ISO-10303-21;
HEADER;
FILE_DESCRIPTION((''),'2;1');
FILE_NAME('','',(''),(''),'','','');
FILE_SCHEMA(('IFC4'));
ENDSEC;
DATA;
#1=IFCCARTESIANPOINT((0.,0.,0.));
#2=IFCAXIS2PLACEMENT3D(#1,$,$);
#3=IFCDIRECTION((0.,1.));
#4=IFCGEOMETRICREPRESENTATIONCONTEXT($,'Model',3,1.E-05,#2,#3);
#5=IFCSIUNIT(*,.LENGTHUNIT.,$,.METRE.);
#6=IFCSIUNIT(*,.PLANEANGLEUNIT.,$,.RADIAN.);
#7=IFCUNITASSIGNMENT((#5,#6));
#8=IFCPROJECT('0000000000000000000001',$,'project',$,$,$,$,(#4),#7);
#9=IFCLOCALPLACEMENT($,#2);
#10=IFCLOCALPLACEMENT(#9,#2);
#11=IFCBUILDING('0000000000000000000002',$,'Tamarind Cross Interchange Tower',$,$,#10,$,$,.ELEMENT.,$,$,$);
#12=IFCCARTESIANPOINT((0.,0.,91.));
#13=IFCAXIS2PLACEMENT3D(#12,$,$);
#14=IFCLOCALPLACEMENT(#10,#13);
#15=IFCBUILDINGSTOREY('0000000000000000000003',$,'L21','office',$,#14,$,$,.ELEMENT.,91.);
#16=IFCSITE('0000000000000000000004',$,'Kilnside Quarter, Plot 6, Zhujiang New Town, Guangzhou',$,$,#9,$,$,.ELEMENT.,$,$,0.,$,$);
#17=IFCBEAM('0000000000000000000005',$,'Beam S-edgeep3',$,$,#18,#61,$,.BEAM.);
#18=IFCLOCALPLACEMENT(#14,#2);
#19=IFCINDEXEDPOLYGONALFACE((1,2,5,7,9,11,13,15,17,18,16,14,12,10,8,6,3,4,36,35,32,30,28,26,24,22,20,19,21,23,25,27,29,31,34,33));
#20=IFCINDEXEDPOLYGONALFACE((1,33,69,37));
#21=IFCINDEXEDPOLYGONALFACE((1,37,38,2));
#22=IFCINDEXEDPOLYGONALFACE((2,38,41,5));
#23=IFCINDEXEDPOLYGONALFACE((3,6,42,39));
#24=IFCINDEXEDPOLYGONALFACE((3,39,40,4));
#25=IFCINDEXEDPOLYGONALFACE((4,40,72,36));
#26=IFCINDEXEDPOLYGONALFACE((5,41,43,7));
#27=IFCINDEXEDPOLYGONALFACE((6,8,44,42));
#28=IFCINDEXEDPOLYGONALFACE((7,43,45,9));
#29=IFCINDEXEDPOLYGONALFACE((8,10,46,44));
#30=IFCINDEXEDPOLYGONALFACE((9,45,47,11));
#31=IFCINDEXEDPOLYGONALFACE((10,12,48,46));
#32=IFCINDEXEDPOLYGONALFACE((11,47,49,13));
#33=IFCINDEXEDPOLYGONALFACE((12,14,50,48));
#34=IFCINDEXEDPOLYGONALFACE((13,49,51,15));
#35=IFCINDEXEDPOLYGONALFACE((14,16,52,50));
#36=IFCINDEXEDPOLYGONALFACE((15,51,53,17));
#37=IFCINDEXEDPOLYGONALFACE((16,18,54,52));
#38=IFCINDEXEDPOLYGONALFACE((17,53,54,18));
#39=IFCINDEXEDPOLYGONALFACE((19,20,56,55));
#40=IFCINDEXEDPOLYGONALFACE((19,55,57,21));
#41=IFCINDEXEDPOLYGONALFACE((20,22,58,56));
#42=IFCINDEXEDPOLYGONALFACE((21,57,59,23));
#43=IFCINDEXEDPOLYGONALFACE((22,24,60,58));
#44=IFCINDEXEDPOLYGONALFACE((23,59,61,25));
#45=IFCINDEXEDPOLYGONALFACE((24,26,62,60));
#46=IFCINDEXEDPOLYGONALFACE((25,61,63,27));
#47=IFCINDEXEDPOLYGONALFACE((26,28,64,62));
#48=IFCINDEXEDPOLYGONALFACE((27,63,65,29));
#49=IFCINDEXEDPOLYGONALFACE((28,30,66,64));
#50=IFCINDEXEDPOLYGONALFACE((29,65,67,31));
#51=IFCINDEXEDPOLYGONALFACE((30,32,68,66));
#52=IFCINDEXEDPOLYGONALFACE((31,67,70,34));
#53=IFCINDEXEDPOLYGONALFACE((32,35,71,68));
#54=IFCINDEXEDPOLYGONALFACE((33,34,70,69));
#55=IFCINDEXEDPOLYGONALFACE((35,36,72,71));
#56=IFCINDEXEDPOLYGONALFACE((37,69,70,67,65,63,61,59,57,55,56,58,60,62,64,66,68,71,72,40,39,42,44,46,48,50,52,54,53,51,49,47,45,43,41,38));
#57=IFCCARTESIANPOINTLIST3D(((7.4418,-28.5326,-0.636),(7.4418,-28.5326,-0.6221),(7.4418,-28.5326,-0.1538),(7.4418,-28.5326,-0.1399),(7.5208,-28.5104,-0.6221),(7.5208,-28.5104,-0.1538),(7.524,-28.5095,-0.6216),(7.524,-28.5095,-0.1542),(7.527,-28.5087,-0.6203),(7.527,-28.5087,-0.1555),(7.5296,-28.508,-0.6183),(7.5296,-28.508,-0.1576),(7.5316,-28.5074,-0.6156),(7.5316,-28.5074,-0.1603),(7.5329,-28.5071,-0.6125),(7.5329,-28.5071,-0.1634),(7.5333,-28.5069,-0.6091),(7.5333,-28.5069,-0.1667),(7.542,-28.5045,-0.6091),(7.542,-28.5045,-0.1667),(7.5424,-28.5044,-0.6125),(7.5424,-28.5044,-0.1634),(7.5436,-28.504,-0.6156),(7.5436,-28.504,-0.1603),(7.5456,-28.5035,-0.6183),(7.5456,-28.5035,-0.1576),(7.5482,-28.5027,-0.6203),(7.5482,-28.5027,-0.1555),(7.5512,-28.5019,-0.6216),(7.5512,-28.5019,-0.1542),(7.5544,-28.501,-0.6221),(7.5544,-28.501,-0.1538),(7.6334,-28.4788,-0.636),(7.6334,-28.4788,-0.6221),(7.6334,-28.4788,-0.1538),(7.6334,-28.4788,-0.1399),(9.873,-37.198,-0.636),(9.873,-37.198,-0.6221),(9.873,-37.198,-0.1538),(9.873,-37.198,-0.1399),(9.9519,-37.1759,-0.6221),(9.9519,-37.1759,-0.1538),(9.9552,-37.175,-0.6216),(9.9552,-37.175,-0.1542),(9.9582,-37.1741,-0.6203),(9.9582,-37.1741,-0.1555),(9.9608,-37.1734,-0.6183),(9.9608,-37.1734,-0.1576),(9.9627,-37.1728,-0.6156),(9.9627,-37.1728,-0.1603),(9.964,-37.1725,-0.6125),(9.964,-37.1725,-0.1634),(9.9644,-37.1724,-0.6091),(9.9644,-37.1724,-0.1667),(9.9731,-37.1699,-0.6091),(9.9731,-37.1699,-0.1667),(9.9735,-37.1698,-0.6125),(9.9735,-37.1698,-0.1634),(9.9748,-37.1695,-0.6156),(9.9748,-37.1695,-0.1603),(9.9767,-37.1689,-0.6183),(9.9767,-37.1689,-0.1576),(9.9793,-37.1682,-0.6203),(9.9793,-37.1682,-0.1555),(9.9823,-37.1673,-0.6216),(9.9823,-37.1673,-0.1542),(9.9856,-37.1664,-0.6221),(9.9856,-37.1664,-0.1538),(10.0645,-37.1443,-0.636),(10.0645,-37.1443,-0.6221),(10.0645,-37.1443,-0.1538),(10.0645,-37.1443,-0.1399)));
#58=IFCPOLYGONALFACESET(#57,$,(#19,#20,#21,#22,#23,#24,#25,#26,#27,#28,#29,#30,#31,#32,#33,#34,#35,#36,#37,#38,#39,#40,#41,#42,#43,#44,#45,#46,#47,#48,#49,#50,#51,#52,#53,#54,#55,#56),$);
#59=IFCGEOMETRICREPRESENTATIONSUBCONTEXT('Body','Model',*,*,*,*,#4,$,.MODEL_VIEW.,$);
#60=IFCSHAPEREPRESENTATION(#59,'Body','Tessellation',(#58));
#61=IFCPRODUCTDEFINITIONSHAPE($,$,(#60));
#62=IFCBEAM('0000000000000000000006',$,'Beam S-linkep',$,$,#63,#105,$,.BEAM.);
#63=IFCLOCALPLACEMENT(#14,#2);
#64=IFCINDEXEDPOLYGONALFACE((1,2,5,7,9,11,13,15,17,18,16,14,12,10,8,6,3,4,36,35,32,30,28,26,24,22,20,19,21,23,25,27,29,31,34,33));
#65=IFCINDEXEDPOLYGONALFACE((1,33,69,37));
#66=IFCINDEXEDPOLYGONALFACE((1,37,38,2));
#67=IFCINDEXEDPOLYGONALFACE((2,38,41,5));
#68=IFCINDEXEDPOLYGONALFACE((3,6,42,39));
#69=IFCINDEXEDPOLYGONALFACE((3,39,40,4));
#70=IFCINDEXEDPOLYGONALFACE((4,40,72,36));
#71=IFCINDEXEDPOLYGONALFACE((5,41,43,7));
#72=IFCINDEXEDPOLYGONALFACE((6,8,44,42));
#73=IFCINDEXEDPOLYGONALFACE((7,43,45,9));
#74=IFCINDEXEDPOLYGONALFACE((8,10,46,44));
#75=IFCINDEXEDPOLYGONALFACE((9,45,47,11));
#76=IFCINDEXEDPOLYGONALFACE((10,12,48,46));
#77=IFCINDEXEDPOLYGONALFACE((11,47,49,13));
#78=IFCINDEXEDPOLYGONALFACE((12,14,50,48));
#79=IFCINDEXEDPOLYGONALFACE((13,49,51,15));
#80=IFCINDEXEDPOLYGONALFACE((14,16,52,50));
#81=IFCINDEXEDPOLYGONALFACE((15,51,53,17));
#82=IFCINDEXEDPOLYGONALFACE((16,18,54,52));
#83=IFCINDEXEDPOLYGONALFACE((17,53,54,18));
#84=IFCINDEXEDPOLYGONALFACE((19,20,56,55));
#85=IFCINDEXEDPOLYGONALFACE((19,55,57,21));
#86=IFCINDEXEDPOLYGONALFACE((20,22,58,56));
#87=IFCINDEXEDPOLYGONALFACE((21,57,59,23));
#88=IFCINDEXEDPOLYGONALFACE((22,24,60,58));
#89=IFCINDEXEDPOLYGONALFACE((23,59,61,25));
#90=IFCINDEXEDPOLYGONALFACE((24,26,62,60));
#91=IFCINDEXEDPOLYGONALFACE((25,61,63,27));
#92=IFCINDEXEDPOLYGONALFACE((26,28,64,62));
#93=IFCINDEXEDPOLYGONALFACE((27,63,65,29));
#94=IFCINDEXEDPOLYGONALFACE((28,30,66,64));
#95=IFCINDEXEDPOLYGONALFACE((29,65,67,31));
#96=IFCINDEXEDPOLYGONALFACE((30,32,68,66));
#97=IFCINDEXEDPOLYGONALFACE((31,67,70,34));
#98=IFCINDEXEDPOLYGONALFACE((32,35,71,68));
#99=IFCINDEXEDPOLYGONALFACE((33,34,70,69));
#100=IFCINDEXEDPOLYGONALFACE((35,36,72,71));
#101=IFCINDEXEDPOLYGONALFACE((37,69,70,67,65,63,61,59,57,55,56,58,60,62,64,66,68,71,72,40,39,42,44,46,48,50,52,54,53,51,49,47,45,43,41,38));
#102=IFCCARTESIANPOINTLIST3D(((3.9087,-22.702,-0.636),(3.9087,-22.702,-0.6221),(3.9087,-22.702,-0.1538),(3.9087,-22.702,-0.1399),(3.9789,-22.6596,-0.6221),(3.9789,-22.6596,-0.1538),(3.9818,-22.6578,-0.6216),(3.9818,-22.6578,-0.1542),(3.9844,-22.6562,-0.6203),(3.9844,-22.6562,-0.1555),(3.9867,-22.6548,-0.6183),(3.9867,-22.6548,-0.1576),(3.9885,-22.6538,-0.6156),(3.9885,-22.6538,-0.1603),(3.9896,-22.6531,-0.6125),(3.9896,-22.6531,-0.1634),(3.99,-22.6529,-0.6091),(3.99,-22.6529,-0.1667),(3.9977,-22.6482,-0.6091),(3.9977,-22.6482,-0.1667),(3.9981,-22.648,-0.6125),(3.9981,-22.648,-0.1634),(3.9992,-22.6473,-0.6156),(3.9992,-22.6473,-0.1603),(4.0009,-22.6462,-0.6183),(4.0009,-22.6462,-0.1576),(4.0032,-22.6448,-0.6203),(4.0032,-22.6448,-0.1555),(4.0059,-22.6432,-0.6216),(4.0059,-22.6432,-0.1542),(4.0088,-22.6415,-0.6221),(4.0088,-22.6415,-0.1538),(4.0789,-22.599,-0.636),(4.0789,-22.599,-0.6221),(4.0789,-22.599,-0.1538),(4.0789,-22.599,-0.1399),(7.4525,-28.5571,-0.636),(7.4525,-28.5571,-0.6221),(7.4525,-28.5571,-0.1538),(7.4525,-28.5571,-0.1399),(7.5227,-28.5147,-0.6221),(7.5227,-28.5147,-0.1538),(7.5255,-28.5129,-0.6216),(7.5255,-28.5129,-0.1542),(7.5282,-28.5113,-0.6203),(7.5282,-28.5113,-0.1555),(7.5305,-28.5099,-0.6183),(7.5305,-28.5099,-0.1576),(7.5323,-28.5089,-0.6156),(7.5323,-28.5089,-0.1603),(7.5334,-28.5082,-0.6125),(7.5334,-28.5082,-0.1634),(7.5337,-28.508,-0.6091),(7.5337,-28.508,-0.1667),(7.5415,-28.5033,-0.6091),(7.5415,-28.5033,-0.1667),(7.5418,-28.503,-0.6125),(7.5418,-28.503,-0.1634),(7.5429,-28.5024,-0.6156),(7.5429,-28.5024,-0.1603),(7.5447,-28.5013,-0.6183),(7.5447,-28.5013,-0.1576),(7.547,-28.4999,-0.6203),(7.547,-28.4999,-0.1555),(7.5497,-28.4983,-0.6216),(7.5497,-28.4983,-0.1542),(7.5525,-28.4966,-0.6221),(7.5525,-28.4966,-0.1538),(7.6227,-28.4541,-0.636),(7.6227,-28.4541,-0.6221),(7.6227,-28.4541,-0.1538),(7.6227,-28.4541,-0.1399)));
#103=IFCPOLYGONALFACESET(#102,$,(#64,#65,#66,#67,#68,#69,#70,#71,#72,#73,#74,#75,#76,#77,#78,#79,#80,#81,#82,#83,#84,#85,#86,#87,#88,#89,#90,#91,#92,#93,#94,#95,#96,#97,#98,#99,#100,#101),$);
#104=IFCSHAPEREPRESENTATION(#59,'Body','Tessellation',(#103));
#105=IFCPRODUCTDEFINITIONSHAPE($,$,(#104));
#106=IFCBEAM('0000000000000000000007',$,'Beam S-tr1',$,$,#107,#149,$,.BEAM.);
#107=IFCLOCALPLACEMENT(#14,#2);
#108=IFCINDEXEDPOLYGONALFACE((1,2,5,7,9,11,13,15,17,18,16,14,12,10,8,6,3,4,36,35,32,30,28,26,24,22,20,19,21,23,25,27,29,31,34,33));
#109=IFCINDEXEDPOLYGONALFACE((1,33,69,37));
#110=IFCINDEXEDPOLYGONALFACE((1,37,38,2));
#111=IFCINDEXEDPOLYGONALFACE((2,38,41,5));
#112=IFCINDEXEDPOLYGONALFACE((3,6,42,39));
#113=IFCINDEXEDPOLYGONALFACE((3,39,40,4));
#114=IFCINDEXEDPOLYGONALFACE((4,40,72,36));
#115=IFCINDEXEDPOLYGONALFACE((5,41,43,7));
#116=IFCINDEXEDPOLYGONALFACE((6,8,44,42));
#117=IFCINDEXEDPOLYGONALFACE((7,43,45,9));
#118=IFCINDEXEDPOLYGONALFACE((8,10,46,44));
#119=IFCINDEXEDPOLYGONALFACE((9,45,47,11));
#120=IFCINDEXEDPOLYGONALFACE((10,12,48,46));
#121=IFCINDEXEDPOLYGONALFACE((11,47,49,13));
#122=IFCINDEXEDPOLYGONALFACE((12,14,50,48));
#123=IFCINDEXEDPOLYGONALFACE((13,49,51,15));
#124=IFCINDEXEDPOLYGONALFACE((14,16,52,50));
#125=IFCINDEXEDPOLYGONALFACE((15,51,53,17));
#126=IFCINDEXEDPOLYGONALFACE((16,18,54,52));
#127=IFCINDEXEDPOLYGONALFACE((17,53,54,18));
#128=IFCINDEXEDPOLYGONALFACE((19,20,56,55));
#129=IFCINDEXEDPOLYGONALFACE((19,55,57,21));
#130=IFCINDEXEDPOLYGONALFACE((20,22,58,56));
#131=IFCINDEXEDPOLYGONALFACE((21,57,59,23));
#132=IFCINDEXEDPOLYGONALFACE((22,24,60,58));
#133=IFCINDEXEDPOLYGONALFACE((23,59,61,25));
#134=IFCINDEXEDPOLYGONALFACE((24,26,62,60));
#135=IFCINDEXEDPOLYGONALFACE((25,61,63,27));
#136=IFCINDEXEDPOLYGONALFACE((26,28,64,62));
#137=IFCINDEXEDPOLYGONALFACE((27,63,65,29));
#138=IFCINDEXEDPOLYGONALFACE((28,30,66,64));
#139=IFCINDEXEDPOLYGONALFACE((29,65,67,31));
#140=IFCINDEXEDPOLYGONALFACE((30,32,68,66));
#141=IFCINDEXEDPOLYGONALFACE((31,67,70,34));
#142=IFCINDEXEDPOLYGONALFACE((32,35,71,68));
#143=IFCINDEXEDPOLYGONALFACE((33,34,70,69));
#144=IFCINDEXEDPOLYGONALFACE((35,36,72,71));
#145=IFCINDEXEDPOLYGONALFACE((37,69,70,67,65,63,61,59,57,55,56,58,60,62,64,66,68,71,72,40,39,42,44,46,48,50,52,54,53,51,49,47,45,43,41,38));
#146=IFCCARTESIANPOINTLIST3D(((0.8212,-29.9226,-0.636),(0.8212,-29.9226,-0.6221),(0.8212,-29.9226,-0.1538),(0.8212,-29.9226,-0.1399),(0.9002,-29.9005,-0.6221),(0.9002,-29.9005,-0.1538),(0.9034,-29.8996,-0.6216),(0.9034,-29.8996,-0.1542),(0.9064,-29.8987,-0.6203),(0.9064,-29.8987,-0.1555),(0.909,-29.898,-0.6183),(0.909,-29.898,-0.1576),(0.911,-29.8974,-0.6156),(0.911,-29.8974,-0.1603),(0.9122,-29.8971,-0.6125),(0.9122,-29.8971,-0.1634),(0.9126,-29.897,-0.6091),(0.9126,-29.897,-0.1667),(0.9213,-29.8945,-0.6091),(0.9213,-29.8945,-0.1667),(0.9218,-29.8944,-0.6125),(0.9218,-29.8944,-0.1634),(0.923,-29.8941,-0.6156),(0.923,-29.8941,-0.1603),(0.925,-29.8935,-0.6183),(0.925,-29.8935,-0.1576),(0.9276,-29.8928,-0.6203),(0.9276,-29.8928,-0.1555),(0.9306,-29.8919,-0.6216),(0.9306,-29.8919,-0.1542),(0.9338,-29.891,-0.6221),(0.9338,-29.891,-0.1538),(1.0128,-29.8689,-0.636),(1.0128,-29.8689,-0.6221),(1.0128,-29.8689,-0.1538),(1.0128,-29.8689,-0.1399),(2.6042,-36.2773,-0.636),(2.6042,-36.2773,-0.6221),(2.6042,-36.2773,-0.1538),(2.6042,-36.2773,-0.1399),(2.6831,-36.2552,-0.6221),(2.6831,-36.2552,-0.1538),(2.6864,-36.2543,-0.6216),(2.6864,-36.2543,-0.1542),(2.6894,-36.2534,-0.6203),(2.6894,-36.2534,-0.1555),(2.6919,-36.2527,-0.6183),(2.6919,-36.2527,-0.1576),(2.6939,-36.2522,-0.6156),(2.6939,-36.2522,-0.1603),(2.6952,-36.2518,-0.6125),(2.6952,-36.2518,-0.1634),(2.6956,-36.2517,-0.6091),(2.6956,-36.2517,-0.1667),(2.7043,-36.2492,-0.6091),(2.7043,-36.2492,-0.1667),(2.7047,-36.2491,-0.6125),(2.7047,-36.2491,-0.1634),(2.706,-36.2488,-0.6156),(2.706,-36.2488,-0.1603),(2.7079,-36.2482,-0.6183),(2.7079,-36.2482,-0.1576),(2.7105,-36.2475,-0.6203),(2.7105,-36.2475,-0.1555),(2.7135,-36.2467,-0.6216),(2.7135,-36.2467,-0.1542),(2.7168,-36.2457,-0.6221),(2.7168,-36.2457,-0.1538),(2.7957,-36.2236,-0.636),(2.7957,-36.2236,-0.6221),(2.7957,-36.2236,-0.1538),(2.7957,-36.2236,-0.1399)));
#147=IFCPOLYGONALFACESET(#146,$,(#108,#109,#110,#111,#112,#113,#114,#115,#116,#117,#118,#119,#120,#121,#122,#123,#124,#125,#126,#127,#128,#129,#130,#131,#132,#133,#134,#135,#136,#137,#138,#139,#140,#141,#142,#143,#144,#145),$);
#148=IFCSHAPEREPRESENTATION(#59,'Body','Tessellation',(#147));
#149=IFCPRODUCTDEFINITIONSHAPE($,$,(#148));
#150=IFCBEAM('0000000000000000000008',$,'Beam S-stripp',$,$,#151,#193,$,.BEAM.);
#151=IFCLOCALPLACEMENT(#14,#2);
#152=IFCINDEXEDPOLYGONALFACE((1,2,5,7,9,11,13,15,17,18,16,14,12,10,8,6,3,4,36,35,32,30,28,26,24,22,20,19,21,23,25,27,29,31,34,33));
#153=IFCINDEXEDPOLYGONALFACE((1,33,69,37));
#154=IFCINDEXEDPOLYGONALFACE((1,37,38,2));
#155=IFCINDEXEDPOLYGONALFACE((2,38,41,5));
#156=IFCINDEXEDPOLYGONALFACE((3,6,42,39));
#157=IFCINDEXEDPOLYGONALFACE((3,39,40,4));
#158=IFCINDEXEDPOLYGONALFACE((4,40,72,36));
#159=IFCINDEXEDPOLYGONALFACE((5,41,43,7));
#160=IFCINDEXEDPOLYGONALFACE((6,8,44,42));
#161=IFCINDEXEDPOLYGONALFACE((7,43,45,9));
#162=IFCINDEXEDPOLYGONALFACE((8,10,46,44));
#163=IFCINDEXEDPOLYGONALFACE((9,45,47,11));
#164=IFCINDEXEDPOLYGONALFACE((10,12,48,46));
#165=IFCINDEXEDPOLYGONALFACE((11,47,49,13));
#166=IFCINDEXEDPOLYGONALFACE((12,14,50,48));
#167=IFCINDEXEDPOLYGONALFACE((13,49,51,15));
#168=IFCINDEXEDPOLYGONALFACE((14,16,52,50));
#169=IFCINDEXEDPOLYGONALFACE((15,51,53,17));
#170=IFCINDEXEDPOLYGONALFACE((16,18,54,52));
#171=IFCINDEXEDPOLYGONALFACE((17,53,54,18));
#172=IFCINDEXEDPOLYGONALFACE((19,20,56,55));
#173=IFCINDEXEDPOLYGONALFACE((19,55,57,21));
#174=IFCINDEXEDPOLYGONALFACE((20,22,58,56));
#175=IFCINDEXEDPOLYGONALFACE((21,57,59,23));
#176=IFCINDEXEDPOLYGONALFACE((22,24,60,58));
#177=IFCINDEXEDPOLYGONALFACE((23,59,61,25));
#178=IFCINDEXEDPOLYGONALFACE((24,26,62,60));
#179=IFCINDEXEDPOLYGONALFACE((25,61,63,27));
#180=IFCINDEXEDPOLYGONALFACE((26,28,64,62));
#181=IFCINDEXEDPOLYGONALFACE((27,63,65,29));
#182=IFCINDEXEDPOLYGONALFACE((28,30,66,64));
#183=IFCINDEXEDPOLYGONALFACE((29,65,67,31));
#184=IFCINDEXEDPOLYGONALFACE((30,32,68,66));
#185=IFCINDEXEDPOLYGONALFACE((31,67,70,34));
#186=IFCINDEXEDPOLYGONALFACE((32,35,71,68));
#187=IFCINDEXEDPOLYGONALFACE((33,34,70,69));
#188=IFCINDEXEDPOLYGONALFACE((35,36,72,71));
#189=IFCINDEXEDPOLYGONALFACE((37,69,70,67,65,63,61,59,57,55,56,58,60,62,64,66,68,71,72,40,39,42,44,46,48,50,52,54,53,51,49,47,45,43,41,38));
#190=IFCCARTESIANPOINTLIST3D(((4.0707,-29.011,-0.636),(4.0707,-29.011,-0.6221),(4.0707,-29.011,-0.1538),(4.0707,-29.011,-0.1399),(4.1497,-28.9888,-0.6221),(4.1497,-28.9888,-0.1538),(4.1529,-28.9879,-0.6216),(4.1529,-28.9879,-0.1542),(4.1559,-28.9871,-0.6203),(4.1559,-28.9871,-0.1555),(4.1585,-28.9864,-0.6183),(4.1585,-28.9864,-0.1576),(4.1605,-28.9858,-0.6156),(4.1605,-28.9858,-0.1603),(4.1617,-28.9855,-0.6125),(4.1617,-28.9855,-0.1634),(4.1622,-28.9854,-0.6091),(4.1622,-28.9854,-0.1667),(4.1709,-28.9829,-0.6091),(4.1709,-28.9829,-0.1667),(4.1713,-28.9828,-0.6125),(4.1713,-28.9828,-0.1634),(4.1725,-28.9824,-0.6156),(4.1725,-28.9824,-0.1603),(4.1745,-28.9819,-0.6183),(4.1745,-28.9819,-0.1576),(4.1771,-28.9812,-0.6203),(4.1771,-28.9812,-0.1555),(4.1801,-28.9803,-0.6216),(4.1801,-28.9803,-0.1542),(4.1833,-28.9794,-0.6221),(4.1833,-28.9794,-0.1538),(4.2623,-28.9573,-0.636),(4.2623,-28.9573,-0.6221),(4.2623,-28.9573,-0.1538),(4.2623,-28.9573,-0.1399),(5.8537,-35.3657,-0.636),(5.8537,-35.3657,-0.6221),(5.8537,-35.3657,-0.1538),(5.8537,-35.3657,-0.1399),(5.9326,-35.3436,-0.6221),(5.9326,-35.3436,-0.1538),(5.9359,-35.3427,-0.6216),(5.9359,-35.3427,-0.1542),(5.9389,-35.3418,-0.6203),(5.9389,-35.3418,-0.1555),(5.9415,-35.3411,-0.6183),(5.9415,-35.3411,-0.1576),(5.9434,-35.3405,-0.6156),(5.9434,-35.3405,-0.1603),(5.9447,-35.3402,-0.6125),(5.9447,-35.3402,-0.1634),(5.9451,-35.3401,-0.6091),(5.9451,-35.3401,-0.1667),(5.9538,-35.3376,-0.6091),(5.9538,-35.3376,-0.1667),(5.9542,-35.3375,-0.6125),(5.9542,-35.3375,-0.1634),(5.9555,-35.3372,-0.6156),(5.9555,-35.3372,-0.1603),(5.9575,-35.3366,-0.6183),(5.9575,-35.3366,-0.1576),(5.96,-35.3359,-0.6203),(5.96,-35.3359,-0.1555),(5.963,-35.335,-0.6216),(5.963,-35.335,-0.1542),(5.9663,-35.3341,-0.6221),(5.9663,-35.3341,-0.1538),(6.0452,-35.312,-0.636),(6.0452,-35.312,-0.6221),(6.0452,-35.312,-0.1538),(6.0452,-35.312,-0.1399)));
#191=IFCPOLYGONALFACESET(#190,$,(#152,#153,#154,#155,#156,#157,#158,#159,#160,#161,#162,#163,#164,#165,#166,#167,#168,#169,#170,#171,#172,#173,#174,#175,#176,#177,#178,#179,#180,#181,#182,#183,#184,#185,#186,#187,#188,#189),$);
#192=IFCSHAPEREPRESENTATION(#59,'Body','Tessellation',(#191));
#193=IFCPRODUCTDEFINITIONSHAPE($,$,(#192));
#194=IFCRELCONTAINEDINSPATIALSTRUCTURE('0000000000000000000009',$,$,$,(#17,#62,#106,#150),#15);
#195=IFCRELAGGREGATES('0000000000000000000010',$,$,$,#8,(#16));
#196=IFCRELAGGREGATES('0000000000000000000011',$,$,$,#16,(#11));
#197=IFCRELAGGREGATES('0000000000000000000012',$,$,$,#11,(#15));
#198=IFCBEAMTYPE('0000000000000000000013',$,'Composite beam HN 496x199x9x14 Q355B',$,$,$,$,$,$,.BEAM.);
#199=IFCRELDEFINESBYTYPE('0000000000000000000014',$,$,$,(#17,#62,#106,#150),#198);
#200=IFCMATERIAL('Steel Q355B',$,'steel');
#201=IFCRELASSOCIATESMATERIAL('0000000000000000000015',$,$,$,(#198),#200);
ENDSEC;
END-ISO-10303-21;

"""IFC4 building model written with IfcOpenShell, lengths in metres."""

from ifc_helpers import new_model, si_unit, direction, frame, origin, origin_2d, place, context, subcontext, project, spatial, i_section, extrude, material, material_profile, profile_set, type_object, element, save


model = new_model("IFC4")

# Units and contexts
model_context = context("Model", 3, precision=1e-05, world=origin(), true_north=direction((0.0, 1.0)))
body_context = subcontext(model_context, "Body", "Model", "MODEL_VIEW")
ifc_project = project(units=[si_unit("LENGTHUNIT", "METRE"), si_unit("PLANEANGLEUNIT", "RADIAN")], contexts=[model_context])

# Site, building, storey
site_placement = place(None, origin())
site = spatial("IfcSite", under=ifc_project, at=site_placement, Name="Kilnside Quarter, Plot 6, Zhujiang New Town, Guangzhou", CompositionType="ELEMENT", RefElevation=0.0)
building_placement = place(site_placement, origin())
building = spatial("IfcBuilding", under=site, at=building_placement, Name="Tamarind Cross Interchange Tower", CompositionType="ELEMENT")
storey_placement = place(building_placement, frame((0.0, 0.0, 91.0)))
storey = spatial("IfcBuildingStorey", under=building, at=storey_placement, Name="L21", Description="office", CompositionType="ELEMENT", Elevation=91.0)

# Beams
ifc_material_1 = material(Name="Steel Q355B", Category="steel")
ifc_material_profile_1 = material_profile(ifc_material_1, i_section(OverallWidth=0.199, OverallDepth=0.4961, WebThickness=0.009, FlangeThickness=0.0139, FilletRadius=0.0129, at=origin_2d()), Name="HN 496x199x9x14")
ifc_profile_set_1 = profile_set([ifc_material_profile_1], Name="Steel Q355B")
beam_type_1 = type_object("IfcBeamType", Name="Composite beam HN 496x199x9x14 Q355B", PredefinedType="BEAM", material=ifc_profile_set_1)
beam_1_placement = place(storey_placement, frame((9.9688, -37.1711, -0.3879), z_axis=(-0.270125, 0.962825, 0.0), x_axis=(-0.962825, -0.270125, 0.0)))
element("IfcBeam", 1, at=beam_1_placement, inside=storey, type_object=beam_type_1, Name="Beam S-edgeep3", PredefinedType="BEAM", context=body_context, shape_type="SweptSolid", body=[
    extrude(i_section(OverallWidth=0.199, OverallDepth=0.4961, WebThickness=0.009, FlangeThickness=0.0139, FilletRadius=0.0129, at=origin_2d()), origin(), (0.0, 0.0, 1.0), 9.0),
])
beam_2_placement = place(storey_placement, frame((7.5376, -28.5056, -0.3879), z_axis=(-0.517792, 0.855507, 0.0), x_axis=(-0.855507, -0.517792, 0.0)))
element("IfcBeam", 2, at=beam_2_placement, inside=storey, type_object=beam_type_1, Name="Beam S-linkep", PredefinedType="BEAM", context=body_context, shape_type="SweptSolid", body=[
    extrude(i_section(OverallWidth=0.199, OverallDepth=0.4961, WebThickness=0.009, FlangeThickness=0.0139, FilletRadius=0.0129, at=origin_2d()), origin(), (0.0, 0.0, 1.0), 6.844),
])
for number, where, z_axis, x_axis, name in (
    (3, (0.917, -29.8958, -0.3879), (0.27014, -0.962821, 0.0), (0.962821, 0.27014, 0.0), "Beam S-tr1"),
    (4, (4.1665, -28.9841, -0.3879), (0.27014, -0.962821, 0.0), (0.962821, 0.27014, 0.0), "Beam S-stripp"),
):
    element("IfcBeam", number, at=place(storey_placement, frame(where, z_axis=z_axis, x_axis=x_axis)), inside=storey, type_object=beam_type_1, Name=name, PredefinedType="BEAM", context=body_context, shape_type="SweptSolid", body=[
        extrude(i_section(OverallWidth=0.199, OverallDepth=0.4961, WebThickness=0.009, FlangeThickness=0.0139, FilletRadius=0.0129, at=origin_2d()), origin(), (0.0, 0.0, 1.0), 6.6001),
    ])

save(model, "model.ifc")
